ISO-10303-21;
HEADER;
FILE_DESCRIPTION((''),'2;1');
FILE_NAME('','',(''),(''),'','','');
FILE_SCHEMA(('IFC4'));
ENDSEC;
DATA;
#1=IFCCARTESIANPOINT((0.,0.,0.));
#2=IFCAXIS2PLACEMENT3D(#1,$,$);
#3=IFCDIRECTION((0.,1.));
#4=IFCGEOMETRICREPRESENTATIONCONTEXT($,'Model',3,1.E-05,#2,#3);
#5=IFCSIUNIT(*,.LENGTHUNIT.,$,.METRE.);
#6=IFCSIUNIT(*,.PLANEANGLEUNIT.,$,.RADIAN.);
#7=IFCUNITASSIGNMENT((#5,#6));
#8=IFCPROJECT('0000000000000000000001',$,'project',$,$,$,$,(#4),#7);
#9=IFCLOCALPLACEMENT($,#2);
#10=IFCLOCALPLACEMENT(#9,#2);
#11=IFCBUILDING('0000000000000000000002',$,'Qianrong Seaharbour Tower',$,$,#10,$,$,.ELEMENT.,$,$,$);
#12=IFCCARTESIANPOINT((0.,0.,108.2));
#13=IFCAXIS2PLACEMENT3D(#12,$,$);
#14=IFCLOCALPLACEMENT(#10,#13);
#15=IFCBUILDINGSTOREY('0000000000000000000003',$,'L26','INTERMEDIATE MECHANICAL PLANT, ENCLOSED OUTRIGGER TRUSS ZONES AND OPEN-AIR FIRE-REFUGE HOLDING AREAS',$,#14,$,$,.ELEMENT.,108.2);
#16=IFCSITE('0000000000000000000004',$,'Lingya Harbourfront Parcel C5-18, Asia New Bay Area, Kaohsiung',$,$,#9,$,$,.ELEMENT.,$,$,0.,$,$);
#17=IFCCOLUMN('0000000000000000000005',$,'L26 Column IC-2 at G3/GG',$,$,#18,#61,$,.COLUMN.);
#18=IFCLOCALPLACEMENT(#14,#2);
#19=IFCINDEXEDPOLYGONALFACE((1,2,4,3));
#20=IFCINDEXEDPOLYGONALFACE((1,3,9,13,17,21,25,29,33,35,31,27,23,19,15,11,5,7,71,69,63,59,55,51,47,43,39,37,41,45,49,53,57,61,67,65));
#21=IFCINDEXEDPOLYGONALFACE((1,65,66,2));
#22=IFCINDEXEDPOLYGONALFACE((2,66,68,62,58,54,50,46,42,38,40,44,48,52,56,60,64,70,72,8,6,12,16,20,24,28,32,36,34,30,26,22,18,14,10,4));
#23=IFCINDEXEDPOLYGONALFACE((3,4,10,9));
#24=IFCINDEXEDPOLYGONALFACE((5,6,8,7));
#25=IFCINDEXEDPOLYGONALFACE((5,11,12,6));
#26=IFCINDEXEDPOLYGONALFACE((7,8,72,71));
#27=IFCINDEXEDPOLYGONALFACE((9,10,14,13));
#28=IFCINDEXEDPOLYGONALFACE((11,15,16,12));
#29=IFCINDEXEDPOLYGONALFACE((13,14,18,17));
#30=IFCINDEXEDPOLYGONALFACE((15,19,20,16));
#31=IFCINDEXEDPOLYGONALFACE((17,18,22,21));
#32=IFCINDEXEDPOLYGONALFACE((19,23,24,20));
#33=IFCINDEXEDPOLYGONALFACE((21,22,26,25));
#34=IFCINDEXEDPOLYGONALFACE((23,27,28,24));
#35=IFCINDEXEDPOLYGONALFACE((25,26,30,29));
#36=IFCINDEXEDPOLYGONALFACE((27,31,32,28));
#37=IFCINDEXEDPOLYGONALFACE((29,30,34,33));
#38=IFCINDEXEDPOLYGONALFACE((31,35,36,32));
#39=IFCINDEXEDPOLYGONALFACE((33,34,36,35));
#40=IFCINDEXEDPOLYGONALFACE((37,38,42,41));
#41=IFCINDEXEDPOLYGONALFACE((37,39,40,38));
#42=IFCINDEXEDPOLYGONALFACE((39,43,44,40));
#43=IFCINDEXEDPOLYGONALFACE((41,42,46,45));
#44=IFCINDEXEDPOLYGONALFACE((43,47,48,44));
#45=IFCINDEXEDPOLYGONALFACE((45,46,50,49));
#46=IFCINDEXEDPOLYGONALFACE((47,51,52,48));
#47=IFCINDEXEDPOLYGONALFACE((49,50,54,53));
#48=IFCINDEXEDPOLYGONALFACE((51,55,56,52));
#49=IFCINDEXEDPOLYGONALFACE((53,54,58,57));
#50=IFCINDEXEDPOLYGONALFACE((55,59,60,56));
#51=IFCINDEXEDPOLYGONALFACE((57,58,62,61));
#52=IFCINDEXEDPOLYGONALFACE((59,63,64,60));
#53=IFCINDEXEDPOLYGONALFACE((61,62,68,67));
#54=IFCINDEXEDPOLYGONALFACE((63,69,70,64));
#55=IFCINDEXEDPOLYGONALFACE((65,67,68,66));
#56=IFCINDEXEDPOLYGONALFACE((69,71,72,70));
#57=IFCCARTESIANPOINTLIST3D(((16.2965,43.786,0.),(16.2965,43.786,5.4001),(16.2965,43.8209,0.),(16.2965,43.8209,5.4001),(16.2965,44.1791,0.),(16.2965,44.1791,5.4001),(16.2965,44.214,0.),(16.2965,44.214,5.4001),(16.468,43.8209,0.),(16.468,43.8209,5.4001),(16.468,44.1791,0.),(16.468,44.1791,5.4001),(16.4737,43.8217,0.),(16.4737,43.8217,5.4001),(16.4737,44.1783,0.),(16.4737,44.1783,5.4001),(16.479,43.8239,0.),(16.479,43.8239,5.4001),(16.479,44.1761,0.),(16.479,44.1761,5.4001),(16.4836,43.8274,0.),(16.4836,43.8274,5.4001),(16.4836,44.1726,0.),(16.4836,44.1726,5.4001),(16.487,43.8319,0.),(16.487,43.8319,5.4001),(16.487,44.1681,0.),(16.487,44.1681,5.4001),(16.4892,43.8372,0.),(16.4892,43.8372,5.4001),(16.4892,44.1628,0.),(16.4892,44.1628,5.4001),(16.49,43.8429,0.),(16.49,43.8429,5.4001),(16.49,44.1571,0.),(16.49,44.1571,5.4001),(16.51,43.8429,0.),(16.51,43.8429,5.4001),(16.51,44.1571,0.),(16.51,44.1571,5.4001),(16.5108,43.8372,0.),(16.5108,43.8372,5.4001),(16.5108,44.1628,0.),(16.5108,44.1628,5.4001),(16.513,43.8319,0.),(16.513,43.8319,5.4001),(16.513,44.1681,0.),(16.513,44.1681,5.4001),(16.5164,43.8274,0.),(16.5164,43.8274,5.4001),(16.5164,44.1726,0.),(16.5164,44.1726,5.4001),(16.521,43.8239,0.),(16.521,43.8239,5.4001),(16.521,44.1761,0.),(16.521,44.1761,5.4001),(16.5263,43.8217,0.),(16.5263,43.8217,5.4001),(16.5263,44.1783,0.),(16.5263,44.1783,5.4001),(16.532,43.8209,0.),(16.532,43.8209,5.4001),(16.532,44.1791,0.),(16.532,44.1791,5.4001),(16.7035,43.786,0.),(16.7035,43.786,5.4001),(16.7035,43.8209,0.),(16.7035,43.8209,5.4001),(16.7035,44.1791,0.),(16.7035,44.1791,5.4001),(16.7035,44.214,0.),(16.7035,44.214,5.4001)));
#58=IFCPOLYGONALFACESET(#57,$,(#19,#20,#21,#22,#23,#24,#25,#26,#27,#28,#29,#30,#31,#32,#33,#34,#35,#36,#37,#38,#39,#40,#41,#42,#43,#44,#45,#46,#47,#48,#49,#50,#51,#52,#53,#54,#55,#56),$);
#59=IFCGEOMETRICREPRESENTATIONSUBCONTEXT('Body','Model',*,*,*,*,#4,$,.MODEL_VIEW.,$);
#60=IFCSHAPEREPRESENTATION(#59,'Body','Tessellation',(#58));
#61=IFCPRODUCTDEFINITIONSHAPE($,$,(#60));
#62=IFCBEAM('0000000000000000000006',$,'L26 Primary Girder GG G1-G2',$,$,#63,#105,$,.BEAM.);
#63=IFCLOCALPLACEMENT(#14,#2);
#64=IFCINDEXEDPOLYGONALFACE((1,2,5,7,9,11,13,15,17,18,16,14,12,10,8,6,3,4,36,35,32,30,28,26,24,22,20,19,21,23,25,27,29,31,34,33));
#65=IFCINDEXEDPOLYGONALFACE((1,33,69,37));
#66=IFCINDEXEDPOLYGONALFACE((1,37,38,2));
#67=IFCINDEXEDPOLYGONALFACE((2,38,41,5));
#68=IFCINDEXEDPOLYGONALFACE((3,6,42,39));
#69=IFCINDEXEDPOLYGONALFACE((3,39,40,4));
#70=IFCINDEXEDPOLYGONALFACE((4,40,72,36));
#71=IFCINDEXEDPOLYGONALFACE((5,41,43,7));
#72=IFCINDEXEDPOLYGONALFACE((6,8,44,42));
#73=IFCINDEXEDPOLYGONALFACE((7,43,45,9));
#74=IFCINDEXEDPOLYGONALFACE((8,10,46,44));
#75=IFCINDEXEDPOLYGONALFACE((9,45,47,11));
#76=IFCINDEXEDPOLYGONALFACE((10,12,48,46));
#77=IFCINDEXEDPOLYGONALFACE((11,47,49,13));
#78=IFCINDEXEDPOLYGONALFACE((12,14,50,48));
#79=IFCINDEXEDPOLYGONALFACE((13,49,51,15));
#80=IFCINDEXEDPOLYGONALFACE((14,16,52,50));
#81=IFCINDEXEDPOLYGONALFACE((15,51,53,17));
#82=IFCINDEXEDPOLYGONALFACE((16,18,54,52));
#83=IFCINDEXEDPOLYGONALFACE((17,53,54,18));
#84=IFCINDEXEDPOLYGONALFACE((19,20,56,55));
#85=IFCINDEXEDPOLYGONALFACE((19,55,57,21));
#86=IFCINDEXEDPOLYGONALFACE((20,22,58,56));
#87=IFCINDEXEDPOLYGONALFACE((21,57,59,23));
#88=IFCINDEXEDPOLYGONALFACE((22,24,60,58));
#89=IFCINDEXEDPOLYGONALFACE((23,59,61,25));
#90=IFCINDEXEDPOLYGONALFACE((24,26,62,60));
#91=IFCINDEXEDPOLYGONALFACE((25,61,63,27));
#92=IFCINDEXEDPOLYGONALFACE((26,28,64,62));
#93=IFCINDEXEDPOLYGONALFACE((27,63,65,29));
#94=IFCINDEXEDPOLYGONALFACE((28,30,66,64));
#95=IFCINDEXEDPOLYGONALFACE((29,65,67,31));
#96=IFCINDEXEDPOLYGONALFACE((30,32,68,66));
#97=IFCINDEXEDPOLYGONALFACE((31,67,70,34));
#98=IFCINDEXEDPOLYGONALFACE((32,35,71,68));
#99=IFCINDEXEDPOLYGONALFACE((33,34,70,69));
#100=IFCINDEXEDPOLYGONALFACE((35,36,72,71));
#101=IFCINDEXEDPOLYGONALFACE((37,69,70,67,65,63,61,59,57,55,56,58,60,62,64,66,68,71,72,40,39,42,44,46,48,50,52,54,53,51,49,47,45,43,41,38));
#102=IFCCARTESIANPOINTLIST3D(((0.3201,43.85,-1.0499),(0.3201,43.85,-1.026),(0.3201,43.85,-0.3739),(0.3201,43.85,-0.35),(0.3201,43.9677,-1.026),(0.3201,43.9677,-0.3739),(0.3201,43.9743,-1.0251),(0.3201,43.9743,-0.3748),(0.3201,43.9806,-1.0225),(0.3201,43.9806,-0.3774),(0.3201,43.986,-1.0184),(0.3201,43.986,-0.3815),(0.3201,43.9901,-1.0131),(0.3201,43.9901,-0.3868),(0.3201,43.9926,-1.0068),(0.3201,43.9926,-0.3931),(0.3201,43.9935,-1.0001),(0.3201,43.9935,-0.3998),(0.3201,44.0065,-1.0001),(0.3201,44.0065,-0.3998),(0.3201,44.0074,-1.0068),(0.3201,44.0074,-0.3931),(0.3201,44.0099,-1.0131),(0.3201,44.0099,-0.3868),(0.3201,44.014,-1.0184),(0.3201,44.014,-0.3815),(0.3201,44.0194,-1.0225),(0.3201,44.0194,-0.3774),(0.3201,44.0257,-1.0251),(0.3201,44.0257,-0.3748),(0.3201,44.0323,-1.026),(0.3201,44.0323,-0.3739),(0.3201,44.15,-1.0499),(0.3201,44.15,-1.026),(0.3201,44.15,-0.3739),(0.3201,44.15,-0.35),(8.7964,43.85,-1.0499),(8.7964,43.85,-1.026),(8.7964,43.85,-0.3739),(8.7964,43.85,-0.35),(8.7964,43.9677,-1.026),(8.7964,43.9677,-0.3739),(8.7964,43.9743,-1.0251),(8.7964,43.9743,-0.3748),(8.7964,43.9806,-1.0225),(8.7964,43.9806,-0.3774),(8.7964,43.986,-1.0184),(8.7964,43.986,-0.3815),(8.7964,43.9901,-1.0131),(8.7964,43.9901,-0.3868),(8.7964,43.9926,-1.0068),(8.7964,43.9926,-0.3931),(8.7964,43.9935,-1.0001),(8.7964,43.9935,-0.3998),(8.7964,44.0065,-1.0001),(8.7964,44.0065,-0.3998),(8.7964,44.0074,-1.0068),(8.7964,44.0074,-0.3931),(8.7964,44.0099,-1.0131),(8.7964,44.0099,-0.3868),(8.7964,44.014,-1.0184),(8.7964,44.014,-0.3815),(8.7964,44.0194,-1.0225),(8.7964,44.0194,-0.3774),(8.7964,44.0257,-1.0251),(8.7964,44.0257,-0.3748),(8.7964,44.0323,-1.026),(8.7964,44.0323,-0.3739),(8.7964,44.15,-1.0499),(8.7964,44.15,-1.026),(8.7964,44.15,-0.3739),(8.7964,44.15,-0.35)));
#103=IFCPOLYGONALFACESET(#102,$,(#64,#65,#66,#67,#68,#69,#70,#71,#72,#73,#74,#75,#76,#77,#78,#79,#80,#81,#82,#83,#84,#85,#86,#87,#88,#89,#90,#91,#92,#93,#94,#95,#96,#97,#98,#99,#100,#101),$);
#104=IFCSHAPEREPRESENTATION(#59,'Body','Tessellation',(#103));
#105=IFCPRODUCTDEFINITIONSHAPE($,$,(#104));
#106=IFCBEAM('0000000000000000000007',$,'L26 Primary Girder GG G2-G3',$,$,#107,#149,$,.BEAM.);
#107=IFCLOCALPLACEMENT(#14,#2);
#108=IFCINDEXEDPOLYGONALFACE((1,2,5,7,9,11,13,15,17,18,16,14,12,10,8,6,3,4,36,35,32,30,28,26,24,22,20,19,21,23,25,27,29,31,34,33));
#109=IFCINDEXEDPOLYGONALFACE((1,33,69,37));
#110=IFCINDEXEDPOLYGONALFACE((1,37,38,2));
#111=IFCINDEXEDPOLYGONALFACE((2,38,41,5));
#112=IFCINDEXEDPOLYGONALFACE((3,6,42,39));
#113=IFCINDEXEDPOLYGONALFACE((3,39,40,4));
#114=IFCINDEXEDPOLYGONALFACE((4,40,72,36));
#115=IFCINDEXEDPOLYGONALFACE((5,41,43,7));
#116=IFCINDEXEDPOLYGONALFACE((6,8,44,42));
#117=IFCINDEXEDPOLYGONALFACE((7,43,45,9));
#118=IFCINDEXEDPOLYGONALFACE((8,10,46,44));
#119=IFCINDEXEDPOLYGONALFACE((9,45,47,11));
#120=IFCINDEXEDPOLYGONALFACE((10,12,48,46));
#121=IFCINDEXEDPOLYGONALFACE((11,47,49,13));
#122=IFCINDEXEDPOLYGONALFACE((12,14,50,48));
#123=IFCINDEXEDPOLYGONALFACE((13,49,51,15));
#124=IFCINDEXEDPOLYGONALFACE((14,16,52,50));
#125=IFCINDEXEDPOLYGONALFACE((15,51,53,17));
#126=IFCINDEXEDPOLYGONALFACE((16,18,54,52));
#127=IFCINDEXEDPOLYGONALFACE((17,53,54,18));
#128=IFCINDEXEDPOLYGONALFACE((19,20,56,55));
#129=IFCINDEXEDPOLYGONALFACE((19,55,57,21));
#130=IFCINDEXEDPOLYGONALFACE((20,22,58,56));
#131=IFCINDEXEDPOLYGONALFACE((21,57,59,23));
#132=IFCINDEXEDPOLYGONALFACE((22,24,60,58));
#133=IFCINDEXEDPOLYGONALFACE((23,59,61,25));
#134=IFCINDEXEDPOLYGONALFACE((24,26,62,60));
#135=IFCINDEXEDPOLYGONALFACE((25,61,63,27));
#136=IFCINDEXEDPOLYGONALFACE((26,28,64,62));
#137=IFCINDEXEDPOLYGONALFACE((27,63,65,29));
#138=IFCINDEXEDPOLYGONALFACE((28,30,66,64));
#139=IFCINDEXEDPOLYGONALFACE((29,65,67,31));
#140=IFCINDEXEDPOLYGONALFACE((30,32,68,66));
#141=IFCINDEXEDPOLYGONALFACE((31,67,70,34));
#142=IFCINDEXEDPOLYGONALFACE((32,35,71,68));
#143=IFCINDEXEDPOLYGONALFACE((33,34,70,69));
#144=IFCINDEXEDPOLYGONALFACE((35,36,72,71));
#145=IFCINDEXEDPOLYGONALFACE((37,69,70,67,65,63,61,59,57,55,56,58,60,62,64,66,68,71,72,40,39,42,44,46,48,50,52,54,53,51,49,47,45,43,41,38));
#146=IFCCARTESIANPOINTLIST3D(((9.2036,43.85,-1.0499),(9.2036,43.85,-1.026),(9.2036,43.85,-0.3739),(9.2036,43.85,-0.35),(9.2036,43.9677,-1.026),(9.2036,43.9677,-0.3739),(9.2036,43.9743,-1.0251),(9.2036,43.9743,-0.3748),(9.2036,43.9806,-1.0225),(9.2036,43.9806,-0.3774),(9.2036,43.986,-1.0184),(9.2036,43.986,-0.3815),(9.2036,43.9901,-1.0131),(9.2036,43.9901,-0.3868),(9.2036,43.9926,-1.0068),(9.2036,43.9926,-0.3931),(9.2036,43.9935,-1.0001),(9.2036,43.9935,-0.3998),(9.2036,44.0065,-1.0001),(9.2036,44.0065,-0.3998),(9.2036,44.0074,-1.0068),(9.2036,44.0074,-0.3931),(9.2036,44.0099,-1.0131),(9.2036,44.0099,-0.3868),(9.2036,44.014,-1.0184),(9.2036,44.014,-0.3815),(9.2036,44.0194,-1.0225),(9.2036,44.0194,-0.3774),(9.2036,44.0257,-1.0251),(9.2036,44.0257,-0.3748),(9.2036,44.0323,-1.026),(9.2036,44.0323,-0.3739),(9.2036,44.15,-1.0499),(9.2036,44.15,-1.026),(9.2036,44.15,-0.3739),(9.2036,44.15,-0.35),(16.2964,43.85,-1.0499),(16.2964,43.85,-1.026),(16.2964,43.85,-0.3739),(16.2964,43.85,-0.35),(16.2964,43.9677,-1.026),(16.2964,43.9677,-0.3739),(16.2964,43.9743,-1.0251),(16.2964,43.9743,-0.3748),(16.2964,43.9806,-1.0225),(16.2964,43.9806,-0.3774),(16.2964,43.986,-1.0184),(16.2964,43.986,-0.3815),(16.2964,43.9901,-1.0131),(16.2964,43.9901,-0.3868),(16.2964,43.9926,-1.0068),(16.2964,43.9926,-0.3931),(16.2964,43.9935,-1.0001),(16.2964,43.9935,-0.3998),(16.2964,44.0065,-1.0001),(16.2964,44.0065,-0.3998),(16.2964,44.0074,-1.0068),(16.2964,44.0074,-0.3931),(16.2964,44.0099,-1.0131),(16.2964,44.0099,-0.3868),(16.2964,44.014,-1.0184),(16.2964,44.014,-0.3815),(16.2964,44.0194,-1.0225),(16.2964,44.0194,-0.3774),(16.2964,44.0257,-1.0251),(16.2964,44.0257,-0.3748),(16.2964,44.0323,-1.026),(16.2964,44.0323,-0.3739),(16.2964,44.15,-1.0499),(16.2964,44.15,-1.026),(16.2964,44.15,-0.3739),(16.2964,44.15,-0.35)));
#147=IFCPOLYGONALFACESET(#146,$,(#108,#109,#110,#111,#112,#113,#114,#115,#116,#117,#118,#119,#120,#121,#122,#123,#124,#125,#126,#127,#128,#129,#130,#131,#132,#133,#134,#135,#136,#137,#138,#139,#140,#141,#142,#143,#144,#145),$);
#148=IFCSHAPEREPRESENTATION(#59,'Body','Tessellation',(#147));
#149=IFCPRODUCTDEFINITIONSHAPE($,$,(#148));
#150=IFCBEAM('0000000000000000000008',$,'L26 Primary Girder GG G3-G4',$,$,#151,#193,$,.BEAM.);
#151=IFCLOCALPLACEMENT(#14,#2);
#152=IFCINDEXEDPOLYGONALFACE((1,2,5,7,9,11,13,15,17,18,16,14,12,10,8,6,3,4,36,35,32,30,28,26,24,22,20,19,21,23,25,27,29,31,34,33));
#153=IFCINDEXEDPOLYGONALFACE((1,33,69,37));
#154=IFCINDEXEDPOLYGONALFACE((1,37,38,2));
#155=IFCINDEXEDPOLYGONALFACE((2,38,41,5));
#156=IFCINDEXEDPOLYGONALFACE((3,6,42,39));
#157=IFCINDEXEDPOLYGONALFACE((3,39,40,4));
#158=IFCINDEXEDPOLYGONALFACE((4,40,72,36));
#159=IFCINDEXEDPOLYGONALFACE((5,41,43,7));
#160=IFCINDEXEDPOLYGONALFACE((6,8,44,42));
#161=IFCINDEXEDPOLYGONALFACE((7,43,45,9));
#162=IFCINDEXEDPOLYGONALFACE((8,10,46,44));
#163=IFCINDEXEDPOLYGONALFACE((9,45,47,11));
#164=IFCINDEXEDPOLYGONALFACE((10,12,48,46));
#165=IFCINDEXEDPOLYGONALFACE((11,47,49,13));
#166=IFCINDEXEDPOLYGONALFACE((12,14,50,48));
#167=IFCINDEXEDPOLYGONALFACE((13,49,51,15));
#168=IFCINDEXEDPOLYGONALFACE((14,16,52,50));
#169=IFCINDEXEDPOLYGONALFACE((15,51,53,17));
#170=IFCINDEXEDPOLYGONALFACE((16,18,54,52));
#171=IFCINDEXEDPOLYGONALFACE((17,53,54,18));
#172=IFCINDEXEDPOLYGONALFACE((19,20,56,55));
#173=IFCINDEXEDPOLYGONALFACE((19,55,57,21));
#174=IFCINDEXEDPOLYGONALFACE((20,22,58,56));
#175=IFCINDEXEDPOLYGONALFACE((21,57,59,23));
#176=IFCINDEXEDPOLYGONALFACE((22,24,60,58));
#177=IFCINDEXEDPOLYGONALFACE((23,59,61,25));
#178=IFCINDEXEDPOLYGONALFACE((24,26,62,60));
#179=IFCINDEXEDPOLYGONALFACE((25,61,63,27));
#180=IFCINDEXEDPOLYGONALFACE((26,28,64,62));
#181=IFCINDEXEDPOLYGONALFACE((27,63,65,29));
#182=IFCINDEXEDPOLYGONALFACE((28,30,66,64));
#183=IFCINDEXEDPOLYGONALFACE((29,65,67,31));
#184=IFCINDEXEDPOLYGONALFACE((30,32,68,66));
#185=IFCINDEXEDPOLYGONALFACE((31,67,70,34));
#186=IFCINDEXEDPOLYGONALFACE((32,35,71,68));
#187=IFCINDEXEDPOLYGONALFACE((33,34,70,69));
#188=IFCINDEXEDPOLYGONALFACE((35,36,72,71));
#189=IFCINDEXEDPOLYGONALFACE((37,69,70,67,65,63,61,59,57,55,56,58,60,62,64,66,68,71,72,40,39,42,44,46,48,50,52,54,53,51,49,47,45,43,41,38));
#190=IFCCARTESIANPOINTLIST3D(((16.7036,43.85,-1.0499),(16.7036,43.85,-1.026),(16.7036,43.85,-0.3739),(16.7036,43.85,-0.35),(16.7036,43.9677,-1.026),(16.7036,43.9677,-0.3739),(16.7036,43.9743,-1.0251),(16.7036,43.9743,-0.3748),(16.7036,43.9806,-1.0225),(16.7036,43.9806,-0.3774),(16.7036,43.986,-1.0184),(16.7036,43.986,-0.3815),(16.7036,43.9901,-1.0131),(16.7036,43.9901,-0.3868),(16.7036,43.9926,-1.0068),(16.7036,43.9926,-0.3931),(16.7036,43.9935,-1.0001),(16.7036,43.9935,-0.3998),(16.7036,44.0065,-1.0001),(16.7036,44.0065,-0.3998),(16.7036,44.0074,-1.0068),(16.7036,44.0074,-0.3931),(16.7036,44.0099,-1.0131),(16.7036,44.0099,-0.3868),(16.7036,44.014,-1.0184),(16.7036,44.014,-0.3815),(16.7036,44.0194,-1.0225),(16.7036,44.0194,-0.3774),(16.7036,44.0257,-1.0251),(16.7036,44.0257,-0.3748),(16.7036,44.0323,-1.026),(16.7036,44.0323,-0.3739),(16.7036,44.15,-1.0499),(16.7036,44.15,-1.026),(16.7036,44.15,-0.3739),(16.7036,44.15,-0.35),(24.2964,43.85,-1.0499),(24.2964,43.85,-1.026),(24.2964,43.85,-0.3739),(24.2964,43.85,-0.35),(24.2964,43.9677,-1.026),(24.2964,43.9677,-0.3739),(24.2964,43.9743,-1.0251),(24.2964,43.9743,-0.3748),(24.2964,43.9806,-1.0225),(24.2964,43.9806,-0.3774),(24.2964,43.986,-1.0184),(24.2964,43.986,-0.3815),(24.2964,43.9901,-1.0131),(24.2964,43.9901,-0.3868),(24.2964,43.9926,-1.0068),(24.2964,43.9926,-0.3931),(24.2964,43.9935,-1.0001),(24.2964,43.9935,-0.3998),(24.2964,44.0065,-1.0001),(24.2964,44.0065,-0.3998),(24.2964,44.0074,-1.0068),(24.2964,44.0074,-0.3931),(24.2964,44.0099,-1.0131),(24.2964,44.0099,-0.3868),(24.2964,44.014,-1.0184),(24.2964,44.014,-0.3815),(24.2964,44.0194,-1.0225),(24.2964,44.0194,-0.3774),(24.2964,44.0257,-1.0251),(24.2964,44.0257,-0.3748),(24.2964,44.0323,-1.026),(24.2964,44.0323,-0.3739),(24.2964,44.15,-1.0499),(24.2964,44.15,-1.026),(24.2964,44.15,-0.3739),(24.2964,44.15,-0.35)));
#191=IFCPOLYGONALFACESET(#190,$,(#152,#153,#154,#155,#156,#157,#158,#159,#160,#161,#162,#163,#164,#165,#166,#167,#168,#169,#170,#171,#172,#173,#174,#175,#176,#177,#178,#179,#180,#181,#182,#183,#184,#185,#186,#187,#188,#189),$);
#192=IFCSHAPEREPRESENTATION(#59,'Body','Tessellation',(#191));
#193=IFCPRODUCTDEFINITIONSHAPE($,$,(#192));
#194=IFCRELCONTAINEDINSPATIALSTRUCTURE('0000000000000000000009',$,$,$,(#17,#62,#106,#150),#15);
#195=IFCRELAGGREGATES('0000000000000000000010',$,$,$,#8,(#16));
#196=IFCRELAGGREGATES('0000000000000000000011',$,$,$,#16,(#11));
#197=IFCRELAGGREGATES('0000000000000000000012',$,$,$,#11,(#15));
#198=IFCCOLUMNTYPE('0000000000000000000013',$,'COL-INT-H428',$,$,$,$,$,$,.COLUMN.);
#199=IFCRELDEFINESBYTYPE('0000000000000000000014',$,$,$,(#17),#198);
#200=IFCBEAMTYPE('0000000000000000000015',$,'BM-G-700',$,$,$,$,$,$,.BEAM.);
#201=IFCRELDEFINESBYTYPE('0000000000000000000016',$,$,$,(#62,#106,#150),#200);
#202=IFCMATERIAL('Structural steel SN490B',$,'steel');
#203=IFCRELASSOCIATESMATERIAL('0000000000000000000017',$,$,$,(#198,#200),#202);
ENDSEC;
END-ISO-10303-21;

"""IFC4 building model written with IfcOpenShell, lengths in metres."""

from ifc_helpers import new_model, si_unit, direction, frame, origin, origin_2d, place, context, subcontext, project, spatial, i_section, extrude, material, material_profile, profile_set, type_object, element, save


model = new_model("IFC4")

# Units and contexts
model_context = context("Model", 3, precision=1e-05, world=origin(), true_north=direction((0.0, 1.0)))
body_context = subcontext(model_context, "Body", "Model", "MODEL_VIEW")
ifc_project = project(units=[si_unit("LENGTHUNIT", "METRE"), si_unit("PLANEANGLEUNIT", "RADIAN")], contexts=[model_context])

# Site, building, storey
site_placement = place(None, origin())
site = spatial("IfcSite", under=ifc_project, at=site_placement, Name="Lingya Harbourfront Parcel C5-18, Asia New Bay Area, Kaohsiung", CompositionType="ELEMENT", RefElevation=0.0)
building_placement = place(site_placement, origin())
building = spatial("IfcBuilding", under=site, at=building_placement, Name="Qianrong Seaharbour Tower", CompositionType="ELEMENT")
storey_placement = place(building_placement, frame((0.0, 0.0, 108.2)))
storey = spatial("IfcBuildingStorey", under=building, at=storey_placement, Name="L26", Description="INTERMEDIATE MECHANICAL PLANT, ENCLOSED OUTRIGGER TRUSS ZONES AND OPEN-AIR FIRE-REFUGE HOLDING AREAS", CompositionType="ELEMENT", Elevation=108.2)

# Column
ifc_material_1 = material(Name="Structural steel SN490B", Category="steel")
ifc_material_profile_1 = material_profile(ifc_material_1, i_section(OverallWidth=0.407, OverallDepth=0.428, WebThickness=0.02, FlangeThickness=0.0349, FilletRadius=0.022, at=origin_2d()), Name="H428x407x20x35")
ifc_profile_set_1 = profile_set([ifc_material_profile_1], Name="Structural steel SN490B")
column_type_1 = type_object("IfcColumnType", Name="COL-INT-H428", PredefinedType="COLUMN", material=ifc_profile_set_1)
for number, where, z_axis, x_axis, name in (
    (1, (16.5, 44.0, 0.0), (0.0, 0.0, 1.0), (1.0, 0.0, 0.0), "L26 Column IC-2 at G3/GG"),
):
    element("IfcColumn", number, at=place(storey_placement, frame(where, z_axis=z_axis, x_axis=x_axis)), inside=storey, type_object=column_type_1, Name=name, PredefinedType="COLUMN", context=body_context, shape_type="SweptSolid", body=[
        extrude(i_section(OverallWidth=0.407, OverallDepth=0.428, WebThickness=0.02, FlangeThickness=0.0349, FilletRadius=0.022, at=origin_2d()), origin(), (0.0, 0.0, 1.0), 5.4001),
    ])

# Beams
ifc_material_profile_2 = material_profile(ifc_material_1, i_section(OverallWidth=0.3, OverallDepth=0.7, WebThickness=0.0129, FlangeThickness=0.0239, FilletRadius=0.0259, at=origin_2d()), Name="H700x300x13x24")
ifc_profile_set_2 = profile_set([ifc_material_profile_2], Name="Structural steel SN490B")
beam_type_1 = type_object("IfcBeamType", Name="BM-G-700", PredefinedType="BEAM", material=ifc_profile_set_2)
beam_1_placement = place(storey_placement, frame((0.3201, 44.0, -0.7), z_axis=(1.0, 0.0, 0.0), x_axis=(0.0, 1.0, 0.0)))
element("IfcBeam", 2, at=beam_1_placement, inside=storey, type_object=beam_type_1, Name="L26 Primary Girder GG G1-G2", PredefinedType="BEAM", context=body_context, shape_type="SweptSolid", body=[
    extrude(i_section(OverallWidth=0.3, OverallDepth=0.7, WebThickness=0.0129, FlangeThickness=0.0239, FilletRadius=0.0259, at=origin_2d()), origin(), (0.0, 0.0, 1.0), 8.4763),
])
beam_2_placement = place(storey_placement, frame((9.2036, 44.0, -0.7), z_axis=(1.0, 0.0, 0.0), x_axis=(0.0, 1.0, 0.0)))
element("IfcBeam", 3, at=beam_2_placement, inside=storey, type_object=beam_type_1, Name="L26 Primary Girder GG G2-G3", PredefinedType="BEAM", context=body_context, shape_type="SweptSolid", body=[
    extrude(i_section(OverallWidth=0.3, OverallDepth=0.7, WebThickness=0.0129, FlangeThickness=0.0239, FilletRadius=0.0259, at=origin_2d()), origin(), (0.0, 0.0, 1.0), 7.0928),
])
beam_3_placement = place(storey_placement, frame((16.7036, 44.0, -0.7), z_axis=(1.0, 0.0, 0.0), x_axis=(0.0, 1.0, 0.0)))
element("IfcBeam", 4, at=beam_3_placement, inside=storey, type_object=beam_type_1, Name="L26 Primary Girder GG G3-G4", PredefinedType="BEAM", context=body_context, shape_type="SweptSolid", body=[
    extrude(i_section(OverallWidth=0.3, OverallDepth=0.7, WebThickness=0.0129, FlangeThickness=0.0239, FilletRadius=0.0259, at=origin_2d()), origin(), (0.0, 0.0, 1.0), 7.5928),
])

save(model, "model.ifc")
